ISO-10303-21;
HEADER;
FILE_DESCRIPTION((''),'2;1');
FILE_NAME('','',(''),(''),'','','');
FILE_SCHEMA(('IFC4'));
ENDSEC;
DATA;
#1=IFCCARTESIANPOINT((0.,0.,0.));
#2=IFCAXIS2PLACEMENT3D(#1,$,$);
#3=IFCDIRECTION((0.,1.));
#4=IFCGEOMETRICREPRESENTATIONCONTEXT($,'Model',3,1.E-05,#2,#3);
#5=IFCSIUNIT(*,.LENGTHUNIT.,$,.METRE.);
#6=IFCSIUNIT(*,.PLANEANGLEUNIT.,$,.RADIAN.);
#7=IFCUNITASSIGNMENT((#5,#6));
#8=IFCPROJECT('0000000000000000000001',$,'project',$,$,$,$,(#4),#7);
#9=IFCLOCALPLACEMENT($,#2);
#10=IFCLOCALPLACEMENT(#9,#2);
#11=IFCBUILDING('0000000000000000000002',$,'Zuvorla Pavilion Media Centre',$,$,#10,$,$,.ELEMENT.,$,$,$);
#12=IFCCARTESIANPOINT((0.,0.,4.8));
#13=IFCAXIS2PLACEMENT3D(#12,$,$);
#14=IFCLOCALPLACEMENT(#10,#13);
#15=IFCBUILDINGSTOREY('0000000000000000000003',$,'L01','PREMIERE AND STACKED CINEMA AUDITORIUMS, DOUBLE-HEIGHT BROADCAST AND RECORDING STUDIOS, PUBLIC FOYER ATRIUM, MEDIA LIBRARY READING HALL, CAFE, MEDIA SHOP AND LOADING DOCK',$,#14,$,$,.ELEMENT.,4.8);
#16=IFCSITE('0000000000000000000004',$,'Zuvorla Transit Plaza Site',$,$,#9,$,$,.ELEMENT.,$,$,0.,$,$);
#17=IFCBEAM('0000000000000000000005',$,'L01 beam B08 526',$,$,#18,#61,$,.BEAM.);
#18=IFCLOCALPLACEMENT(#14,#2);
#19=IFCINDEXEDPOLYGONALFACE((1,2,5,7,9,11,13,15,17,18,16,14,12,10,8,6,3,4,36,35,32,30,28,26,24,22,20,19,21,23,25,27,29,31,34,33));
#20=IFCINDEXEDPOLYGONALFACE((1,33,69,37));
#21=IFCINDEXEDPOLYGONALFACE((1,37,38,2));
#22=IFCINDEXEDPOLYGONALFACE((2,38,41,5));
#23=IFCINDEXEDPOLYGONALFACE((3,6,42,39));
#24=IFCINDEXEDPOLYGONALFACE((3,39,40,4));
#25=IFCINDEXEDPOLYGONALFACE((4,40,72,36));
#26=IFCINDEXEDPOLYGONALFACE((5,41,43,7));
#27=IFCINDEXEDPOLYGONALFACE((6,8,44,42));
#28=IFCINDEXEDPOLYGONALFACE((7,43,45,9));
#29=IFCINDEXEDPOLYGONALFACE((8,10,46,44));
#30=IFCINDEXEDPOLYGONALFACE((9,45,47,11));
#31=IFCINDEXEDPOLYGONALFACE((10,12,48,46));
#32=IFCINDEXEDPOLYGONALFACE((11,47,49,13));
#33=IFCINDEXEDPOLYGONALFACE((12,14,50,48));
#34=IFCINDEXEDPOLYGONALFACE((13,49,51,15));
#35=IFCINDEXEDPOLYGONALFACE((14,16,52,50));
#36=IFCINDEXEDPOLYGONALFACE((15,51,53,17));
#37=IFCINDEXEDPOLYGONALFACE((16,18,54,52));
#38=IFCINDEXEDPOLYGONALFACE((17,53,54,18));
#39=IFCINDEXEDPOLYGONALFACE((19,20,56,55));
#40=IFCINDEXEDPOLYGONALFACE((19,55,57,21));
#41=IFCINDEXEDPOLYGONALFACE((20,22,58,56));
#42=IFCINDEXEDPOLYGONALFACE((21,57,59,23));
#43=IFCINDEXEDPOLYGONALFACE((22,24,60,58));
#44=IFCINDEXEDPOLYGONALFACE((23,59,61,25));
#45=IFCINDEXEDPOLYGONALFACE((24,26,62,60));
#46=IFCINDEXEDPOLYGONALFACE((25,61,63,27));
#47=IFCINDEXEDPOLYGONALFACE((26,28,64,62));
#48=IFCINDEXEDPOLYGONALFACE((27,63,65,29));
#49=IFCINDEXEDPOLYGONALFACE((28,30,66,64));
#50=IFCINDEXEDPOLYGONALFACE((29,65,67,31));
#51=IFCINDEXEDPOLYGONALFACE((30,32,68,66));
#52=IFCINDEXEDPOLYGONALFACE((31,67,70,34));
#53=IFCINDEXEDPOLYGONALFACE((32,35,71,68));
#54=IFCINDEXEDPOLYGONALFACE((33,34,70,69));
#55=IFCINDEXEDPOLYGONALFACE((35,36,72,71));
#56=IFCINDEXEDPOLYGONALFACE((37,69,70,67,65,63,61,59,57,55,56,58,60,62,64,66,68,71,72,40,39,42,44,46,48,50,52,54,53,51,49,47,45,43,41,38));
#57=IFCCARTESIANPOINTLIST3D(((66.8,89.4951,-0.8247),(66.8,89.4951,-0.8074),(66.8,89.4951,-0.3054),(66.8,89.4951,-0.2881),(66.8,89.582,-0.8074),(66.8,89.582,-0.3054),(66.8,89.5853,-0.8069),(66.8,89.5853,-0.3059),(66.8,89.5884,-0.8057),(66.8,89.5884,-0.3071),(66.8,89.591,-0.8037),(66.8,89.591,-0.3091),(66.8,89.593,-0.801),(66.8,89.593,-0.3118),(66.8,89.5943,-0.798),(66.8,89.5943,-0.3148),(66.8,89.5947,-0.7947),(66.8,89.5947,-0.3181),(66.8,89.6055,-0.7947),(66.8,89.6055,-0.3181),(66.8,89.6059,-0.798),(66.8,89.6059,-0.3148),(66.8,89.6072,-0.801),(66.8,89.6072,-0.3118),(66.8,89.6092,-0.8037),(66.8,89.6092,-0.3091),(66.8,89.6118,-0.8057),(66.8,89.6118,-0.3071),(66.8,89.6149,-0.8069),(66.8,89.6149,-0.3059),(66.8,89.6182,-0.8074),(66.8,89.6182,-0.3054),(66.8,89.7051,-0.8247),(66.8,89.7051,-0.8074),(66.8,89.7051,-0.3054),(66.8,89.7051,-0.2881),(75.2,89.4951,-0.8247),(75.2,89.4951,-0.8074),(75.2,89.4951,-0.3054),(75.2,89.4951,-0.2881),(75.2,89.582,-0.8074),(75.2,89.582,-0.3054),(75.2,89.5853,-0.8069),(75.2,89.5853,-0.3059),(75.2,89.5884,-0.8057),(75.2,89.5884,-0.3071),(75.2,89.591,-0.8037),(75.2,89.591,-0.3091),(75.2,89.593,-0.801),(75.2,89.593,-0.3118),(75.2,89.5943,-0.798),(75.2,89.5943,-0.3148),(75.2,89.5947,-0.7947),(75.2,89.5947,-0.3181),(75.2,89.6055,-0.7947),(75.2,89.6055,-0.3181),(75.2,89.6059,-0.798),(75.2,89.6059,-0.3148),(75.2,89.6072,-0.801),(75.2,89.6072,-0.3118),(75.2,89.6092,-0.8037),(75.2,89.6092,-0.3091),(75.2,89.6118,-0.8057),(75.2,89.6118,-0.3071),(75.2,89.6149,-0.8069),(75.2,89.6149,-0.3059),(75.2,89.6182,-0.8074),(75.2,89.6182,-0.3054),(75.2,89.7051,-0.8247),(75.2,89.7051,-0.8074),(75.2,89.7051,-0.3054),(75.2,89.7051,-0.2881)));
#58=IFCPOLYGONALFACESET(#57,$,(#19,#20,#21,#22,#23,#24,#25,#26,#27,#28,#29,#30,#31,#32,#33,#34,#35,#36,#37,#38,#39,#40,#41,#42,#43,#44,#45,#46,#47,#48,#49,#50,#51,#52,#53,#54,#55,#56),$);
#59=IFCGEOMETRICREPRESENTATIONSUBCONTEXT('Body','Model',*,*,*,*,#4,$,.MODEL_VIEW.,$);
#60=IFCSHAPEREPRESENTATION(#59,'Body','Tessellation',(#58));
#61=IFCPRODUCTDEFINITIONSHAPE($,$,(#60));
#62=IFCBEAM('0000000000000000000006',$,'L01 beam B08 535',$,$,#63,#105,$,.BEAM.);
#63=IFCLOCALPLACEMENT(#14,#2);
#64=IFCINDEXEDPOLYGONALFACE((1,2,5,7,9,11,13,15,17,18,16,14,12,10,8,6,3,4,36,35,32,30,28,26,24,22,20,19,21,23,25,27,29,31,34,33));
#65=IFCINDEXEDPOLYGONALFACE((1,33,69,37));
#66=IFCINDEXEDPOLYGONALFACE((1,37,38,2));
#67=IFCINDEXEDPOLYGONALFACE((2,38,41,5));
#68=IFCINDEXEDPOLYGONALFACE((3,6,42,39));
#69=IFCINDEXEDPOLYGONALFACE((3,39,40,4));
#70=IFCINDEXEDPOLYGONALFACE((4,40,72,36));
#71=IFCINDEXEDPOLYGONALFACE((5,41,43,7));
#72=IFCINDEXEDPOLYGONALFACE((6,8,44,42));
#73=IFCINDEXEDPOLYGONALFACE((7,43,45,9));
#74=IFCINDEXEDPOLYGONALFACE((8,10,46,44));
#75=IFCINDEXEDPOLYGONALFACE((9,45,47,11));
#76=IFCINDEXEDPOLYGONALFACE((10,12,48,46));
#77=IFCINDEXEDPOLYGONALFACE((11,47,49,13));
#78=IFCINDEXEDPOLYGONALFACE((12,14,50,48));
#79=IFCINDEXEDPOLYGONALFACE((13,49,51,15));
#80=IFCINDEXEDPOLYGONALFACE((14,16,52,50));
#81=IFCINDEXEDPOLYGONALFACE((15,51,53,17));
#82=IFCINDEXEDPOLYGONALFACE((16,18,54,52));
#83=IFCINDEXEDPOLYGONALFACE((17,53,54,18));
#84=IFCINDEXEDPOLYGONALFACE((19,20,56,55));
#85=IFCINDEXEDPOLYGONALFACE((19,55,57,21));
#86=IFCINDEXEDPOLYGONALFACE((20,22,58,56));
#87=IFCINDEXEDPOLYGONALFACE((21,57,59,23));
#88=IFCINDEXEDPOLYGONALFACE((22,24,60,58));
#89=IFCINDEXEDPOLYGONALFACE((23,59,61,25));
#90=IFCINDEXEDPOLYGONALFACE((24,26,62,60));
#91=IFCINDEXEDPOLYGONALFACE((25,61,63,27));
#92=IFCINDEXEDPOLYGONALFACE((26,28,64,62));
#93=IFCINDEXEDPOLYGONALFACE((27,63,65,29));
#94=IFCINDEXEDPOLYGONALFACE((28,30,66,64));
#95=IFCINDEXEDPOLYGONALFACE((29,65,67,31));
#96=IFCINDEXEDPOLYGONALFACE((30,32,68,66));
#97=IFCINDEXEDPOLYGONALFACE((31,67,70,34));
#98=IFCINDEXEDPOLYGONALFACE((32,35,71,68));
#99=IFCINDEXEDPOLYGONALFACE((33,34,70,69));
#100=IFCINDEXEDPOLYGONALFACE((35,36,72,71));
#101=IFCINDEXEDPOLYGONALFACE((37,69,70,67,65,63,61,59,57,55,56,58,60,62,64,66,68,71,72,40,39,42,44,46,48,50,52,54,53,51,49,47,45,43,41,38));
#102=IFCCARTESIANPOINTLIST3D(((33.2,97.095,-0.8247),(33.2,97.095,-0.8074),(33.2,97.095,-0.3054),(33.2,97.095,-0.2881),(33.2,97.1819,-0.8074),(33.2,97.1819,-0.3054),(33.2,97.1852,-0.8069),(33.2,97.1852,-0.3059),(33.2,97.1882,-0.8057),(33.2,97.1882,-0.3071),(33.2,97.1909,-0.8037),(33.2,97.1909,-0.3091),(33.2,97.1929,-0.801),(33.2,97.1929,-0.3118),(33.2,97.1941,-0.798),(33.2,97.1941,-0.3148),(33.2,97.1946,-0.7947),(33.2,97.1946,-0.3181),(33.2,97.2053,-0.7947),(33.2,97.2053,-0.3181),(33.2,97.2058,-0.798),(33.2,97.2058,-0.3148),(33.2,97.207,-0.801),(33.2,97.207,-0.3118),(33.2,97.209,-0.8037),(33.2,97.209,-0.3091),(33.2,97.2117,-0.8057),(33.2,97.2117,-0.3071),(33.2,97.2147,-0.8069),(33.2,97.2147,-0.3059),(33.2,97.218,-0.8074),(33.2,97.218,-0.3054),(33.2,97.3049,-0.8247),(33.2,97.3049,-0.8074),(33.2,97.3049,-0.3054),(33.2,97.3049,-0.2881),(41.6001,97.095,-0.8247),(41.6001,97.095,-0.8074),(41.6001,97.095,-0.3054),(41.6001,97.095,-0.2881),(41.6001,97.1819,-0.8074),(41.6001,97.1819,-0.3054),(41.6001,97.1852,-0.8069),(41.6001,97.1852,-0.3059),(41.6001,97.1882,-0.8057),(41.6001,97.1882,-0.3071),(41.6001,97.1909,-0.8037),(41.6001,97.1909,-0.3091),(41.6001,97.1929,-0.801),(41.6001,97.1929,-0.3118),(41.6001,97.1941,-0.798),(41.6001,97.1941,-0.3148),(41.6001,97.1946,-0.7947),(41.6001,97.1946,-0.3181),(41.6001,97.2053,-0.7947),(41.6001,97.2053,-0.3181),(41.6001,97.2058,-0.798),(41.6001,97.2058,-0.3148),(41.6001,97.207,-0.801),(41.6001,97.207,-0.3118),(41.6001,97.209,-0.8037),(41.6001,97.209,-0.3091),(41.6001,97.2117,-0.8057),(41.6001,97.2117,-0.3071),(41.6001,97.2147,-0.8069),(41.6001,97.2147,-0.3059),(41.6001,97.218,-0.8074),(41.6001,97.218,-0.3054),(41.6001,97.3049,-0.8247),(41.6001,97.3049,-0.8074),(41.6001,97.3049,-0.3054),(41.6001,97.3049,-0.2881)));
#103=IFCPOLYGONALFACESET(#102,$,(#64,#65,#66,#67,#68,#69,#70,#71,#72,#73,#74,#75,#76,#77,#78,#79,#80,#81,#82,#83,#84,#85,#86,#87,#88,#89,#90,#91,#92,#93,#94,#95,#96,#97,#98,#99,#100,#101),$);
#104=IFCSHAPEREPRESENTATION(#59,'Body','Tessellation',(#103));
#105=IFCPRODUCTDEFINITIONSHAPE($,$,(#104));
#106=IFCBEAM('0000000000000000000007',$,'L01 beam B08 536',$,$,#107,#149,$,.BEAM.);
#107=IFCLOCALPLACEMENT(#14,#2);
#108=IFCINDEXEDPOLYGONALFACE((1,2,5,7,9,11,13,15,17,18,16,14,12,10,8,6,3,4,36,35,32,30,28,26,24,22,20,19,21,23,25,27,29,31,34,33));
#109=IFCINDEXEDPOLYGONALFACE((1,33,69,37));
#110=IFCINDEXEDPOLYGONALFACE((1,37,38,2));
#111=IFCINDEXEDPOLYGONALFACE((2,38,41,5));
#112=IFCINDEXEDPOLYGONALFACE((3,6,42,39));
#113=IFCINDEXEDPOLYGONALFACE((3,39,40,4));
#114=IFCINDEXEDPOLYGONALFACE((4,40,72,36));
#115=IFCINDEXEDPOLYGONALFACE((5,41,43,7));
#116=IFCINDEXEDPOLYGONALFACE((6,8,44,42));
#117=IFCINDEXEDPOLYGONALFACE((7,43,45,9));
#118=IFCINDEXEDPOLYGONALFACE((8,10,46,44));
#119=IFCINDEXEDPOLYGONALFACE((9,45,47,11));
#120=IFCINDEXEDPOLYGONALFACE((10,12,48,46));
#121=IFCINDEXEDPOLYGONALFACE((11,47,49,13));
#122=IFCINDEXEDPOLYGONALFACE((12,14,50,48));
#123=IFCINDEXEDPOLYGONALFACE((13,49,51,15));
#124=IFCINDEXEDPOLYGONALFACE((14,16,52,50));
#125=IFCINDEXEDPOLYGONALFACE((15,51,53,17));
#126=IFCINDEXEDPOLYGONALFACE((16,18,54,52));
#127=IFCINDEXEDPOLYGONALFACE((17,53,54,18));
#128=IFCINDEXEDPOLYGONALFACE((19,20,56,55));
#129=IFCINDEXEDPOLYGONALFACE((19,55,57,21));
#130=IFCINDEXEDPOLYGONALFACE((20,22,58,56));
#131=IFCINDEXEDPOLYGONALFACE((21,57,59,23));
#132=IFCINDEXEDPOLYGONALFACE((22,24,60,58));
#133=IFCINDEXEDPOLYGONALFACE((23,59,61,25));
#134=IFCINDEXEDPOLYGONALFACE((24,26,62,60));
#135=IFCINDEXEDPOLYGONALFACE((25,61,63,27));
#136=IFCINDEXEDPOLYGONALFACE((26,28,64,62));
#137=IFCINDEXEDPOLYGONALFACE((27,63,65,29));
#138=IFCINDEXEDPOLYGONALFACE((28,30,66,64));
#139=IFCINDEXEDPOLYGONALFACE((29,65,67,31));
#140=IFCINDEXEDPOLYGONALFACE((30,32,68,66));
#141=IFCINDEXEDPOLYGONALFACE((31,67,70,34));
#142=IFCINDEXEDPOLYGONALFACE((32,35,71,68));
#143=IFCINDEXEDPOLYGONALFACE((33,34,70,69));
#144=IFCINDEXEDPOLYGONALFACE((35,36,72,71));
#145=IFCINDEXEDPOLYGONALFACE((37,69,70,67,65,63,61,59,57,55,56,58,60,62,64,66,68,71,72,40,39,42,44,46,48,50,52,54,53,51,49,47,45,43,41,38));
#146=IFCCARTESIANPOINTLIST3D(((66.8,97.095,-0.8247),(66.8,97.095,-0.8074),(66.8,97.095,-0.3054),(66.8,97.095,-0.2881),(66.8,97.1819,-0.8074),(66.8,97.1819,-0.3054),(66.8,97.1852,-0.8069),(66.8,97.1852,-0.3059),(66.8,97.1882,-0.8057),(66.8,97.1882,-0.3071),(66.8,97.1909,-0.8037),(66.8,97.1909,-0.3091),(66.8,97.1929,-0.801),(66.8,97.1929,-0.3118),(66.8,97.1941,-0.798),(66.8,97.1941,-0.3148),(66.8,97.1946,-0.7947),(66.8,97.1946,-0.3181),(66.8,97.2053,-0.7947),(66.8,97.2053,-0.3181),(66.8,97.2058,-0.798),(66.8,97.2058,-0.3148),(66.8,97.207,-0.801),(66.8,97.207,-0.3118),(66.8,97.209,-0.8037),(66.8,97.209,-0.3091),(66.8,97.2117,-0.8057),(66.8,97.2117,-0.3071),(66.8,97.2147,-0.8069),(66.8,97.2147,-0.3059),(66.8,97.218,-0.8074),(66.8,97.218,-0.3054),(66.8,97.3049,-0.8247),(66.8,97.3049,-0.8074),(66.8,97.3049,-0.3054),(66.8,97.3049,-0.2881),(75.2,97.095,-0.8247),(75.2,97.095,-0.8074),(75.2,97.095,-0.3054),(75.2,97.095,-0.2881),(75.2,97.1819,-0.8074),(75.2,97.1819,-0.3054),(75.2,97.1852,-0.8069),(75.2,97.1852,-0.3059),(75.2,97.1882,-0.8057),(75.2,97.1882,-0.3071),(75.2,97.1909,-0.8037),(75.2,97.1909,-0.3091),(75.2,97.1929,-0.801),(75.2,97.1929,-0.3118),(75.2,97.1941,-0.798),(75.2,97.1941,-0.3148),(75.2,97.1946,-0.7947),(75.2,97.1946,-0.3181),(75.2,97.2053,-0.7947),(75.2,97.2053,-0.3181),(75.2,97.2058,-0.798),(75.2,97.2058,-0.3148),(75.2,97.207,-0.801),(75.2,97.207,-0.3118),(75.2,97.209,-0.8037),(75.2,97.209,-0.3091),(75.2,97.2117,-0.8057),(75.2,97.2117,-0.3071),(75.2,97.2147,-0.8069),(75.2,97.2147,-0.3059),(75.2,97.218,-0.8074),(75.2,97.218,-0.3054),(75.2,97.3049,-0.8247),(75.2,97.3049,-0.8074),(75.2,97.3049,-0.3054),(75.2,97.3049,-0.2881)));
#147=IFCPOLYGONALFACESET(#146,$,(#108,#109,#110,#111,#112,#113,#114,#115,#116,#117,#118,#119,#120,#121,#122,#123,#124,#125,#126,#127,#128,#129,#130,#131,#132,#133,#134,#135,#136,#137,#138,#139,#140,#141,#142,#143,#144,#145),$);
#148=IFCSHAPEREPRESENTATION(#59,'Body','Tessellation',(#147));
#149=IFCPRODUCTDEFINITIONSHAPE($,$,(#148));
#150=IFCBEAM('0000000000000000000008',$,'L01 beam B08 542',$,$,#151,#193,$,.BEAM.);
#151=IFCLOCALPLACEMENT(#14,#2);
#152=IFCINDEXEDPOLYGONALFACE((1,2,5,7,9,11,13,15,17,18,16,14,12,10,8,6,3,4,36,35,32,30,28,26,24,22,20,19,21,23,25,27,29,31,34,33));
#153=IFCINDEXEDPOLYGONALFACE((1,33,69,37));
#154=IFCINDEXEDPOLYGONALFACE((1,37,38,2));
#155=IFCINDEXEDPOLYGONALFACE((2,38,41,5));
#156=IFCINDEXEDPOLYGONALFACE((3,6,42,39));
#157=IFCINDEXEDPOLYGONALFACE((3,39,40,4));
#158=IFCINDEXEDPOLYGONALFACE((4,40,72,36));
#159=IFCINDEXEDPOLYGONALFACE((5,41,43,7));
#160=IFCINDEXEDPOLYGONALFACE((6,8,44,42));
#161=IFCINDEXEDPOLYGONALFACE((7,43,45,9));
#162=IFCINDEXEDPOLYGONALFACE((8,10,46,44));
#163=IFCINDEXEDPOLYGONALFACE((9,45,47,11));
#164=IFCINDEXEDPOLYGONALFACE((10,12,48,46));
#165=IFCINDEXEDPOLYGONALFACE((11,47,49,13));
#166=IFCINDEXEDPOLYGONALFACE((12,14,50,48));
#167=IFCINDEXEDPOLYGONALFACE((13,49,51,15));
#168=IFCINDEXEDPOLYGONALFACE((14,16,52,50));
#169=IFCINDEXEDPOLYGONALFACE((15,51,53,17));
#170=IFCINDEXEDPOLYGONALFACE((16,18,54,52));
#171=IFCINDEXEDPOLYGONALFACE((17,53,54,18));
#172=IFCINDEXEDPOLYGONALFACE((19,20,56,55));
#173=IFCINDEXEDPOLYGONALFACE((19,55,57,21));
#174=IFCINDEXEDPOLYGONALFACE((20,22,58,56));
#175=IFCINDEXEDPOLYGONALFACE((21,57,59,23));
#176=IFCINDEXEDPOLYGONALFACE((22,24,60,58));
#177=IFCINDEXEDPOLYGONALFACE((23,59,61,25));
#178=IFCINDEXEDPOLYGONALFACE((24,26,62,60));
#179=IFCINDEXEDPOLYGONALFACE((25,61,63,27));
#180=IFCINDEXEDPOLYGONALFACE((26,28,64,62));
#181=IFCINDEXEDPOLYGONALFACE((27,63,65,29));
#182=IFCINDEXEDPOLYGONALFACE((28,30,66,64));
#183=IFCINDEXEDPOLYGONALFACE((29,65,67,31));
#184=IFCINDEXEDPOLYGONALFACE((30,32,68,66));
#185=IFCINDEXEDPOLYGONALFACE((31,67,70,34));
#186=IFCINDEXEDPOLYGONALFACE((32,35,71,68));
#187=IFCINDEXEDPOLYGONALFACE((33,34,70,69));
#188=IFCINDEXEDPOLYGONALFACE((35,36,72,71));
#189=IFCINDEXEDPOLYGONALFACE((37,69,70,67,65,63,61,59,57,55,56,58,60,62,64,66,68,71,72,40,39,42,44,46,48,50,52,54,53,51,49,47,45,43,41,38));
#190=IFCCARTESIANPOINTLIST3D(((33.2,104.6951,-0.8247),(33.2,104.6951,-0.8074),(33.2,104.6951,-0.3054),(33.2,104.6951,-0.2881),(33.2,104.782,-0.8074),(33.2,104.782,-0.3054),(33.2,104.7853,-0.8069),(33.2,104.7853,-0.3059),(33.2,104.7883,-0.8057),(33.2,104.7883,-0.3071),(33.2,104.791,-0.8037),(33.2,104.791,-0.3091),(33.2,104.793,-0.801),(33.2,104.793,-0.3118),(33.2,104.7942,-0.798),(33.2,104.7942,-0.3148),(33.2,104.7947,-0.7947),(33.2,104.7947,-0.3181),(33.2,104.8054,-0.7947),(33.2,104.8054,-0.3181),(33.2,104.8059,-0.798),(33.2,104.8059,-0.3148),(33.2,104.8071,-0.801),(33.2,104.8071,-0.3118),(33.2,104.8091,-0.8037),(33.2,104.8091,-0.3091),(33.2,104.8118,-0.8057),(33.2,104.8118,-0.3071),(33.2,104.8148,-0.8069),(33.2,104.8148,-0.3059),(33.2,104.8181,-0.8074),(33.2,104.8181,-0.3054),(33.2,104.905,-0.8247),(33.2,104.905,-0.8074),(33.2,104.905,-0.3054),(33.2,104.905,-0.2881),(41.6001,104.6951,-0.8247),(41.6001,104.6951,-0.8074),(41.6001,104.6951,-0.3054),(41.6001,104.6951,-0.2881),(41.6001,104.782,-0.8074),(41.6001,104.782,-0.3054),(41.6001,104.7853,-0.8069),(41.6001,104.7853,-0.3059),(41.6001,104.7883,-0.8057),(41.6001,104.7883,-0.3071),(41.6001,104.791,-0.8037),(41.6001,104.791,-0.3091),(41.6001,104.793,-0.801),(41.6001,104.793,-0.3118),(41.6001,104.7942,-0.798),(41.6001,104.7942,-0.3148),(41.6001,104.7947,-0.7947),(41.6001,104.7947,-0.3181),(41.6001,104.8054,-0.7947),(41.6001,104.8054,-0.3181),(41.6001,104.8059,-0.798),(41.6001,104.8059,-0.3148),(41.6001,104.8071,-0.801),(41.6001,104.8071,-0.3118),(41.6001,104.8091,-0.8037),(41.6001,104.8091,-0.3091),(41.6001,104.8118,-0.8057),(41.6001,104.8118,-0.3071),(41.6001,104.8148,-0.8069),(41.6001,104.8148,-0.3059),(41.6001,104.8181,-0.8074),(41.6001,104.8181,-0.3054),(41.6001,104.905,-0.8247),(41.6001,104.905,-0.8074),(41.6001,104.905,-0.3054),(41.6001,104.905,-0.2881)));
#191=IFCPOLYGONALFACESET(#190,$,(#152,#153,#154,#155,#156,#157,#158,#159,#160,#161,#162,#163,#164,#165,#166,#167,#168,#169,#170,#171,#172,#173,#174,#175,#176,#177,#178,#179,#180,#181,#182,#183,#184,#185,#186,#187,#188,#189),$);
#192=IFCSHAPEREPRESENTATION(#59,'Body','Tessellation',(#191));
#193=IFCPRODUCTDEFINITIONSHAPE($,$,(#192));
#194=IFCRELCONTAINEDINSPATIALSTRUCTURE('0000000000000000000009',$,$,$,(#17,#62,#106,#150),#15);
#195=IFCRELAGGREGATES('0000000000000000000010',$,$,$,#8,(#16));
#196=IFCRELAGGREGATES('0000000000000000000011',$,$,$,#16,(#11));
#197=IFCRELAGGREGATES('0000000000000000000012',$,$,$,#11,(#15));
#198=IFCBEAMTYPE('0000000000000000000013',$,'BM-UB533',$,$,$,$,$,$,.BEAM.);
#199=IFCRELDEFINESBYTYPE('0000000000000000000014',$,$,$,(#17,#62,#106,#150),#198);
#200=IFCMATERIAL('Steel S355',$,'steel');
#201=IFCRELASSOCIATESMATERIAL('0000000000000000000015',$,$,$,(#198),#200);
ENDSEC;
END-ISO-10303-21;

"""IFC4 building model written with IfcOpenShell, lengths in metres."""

from ifc_helpers import new_model, si_unit, direction, frame, origin, origin_2d, place, context, subcontext, project, spatial, i_section, extrude, material, material_profile, profile_set, type_object, element, save


model = new_model("IFC4")

# Units and contexts
model_context = context("Model", 3, precision=1e-05, world=origin(), true_north=direction((0.0, 1.0)))
body_context = subcontext(model_context, "Body", "Model", "MODEL_VIEW")
ifc_project = project(units=[si_unit("LENGTHUNIT", "METRE"), si_unit("PLANEANGLEUNIT", "RADIAN")], contexts=[model_context])

# Site, building, storey
site_placement = place(None, origin())
site = spatial("IfcSite", under=ifc_project, at=site_placement, Name="Zuvorla Transit Plaza Site", CompositionType="ELEMENT", RefElevation=0.0)
building_placement = place(site_placement, origin())
building = spatial("IfcBuilding", under=site, at=building_placement, Name="Zuvorla Pavilion Media Centre", CompositionType="ELEMENT")
storey_placement = place(building_placement, frame((0.0, 0.0, 4.8)))
storey = spatial("IfcBuildingStorey", under=building, at=storey_placement, Name="L01", Description="PREMIERE AND STACKED CINEMA AUDITORIUMS, DOUBLE-HEIGHT BROADCAST AND RECORDING STUDIOS, PUBLIC FOYER ATRIUM, MEDIA LIBRARY READING HALL, CAFE, MEDIA SHOP AND LOADING DOCK", CompositionType="ELEMENT", Elevation=4.8)

# Shared definitions
ifc_material_1 = material(Name="Steel S355", Category="steel")

# Beams
ifc_material_profile_1 = material_profile(ifc_material_1, i_section(OverallWidth=0.21, OverallDepth=0.5366, WebThickness=0.0107, FlangeThickness=0.0173, FilletRadius=0.0127, at=origin_2d()), Name="UB 533x210x101")
ifc_profile_set_1 = profile_set([ifc_material_profile_1], Name="Steel S355")
beam_type_1 = type_object("IfcBeamType", Name="BM-UB533", PredefinedType="BEAM", material=ifc_profile_set_1)
beam_1_placement = place(storey_placement, frame((66.8, 89.6001, -0.5564), z_axis=(1.0, 0.0, 0.0), x_axis=(0.0, 1.0, 0.0)))
element("IfcBeam", 1, at=beam_1_placement, inside=storey, type_object=beam_type_1, Name="L01 beam B08 526", PredefinedType="BEAM", context=body_context, shape_type="SweptSolid", body=[
    extrude(i_section(OverallWidth=0.21, OverallDepth=0.5366, WebThickness=0.0107, FlangeThickness=0.0173, FilletRadius=0.0127, at=origin_2d()), origin(), (0.0, 0.0, 1.0), 8.3999),
])
beam_2_placement = place(storey_placement, frame((33.2, 97.2, -0.5564), z_axis=(1.0, 0.0, 0.0), x_axis=(0.0, 1.0, 0.0)))
element("IfcBeam", 2, at=beam_2_placement, inside=storey, type_object=beam_type_1, Name="L01 beam B08 535", PredefinedType="BEAM", context=body_context, shape_type="SweptSolid", body=[
    extrude(i_section(OverallWidth=0.21, OverallDepth=0.5366, WebThickness=0.0107, FlangeThickness=0.0173, FilletRadius=0.0127, at=origin_2d()), origin(), (0.0, 0.0, 1.0), 8.4001),
])
beam_3_placement = place(storey_placement, frame((66.8, 97.2, -0.5564), z_axis=(1.0, 0.0, 0.0), x_axis=(0.0, 1.0, 0.0)))
element("IfcBeam", 3, at=beam_3_placement, inside=storey, type_object=beam_type_1, Name="L01 beam B08 536", PredefinedType="BEAM", context=body_context, shape_type="SweptSolid", body=[
    extrude(i_section(OverallWidth=0.21, OverallDepth=0.5366, WebThickness=0.0107, FlangeThickness=0.0173, FilletRadius=0.0127, at=origin_2d()), origin(), (0.0, 0.0, 1.0), 8.3999),
])
for number, where, z_axis, x_axis, name in (
    (4, (33.2, 104.8, -0.5564), (1.0, 0.0, 0.0), (0.0, 1.0, 0.0), "L01 beam B08 542"),
):
    element("IfcBeam", number, at=place(storey_placement, frame(where, z_axis=z_axis, x_axis=x_axis)), inside=storey, type_object=beam_type_1, Name=name, PredefinedType="BEAM", context=body_context, shape_type="SweptSolid", body=[
        extrude(i_section(OverallWidth=0.21, OverallDepth=0.5366, WebThickness=0.0107, FlangeThickness=0.0173, FilletRadius=0.0127, at=origin_2d()), origin(), (0.0, 0.0, 1.0), 8.4001),
    ])

save(model, "model.ifc")
